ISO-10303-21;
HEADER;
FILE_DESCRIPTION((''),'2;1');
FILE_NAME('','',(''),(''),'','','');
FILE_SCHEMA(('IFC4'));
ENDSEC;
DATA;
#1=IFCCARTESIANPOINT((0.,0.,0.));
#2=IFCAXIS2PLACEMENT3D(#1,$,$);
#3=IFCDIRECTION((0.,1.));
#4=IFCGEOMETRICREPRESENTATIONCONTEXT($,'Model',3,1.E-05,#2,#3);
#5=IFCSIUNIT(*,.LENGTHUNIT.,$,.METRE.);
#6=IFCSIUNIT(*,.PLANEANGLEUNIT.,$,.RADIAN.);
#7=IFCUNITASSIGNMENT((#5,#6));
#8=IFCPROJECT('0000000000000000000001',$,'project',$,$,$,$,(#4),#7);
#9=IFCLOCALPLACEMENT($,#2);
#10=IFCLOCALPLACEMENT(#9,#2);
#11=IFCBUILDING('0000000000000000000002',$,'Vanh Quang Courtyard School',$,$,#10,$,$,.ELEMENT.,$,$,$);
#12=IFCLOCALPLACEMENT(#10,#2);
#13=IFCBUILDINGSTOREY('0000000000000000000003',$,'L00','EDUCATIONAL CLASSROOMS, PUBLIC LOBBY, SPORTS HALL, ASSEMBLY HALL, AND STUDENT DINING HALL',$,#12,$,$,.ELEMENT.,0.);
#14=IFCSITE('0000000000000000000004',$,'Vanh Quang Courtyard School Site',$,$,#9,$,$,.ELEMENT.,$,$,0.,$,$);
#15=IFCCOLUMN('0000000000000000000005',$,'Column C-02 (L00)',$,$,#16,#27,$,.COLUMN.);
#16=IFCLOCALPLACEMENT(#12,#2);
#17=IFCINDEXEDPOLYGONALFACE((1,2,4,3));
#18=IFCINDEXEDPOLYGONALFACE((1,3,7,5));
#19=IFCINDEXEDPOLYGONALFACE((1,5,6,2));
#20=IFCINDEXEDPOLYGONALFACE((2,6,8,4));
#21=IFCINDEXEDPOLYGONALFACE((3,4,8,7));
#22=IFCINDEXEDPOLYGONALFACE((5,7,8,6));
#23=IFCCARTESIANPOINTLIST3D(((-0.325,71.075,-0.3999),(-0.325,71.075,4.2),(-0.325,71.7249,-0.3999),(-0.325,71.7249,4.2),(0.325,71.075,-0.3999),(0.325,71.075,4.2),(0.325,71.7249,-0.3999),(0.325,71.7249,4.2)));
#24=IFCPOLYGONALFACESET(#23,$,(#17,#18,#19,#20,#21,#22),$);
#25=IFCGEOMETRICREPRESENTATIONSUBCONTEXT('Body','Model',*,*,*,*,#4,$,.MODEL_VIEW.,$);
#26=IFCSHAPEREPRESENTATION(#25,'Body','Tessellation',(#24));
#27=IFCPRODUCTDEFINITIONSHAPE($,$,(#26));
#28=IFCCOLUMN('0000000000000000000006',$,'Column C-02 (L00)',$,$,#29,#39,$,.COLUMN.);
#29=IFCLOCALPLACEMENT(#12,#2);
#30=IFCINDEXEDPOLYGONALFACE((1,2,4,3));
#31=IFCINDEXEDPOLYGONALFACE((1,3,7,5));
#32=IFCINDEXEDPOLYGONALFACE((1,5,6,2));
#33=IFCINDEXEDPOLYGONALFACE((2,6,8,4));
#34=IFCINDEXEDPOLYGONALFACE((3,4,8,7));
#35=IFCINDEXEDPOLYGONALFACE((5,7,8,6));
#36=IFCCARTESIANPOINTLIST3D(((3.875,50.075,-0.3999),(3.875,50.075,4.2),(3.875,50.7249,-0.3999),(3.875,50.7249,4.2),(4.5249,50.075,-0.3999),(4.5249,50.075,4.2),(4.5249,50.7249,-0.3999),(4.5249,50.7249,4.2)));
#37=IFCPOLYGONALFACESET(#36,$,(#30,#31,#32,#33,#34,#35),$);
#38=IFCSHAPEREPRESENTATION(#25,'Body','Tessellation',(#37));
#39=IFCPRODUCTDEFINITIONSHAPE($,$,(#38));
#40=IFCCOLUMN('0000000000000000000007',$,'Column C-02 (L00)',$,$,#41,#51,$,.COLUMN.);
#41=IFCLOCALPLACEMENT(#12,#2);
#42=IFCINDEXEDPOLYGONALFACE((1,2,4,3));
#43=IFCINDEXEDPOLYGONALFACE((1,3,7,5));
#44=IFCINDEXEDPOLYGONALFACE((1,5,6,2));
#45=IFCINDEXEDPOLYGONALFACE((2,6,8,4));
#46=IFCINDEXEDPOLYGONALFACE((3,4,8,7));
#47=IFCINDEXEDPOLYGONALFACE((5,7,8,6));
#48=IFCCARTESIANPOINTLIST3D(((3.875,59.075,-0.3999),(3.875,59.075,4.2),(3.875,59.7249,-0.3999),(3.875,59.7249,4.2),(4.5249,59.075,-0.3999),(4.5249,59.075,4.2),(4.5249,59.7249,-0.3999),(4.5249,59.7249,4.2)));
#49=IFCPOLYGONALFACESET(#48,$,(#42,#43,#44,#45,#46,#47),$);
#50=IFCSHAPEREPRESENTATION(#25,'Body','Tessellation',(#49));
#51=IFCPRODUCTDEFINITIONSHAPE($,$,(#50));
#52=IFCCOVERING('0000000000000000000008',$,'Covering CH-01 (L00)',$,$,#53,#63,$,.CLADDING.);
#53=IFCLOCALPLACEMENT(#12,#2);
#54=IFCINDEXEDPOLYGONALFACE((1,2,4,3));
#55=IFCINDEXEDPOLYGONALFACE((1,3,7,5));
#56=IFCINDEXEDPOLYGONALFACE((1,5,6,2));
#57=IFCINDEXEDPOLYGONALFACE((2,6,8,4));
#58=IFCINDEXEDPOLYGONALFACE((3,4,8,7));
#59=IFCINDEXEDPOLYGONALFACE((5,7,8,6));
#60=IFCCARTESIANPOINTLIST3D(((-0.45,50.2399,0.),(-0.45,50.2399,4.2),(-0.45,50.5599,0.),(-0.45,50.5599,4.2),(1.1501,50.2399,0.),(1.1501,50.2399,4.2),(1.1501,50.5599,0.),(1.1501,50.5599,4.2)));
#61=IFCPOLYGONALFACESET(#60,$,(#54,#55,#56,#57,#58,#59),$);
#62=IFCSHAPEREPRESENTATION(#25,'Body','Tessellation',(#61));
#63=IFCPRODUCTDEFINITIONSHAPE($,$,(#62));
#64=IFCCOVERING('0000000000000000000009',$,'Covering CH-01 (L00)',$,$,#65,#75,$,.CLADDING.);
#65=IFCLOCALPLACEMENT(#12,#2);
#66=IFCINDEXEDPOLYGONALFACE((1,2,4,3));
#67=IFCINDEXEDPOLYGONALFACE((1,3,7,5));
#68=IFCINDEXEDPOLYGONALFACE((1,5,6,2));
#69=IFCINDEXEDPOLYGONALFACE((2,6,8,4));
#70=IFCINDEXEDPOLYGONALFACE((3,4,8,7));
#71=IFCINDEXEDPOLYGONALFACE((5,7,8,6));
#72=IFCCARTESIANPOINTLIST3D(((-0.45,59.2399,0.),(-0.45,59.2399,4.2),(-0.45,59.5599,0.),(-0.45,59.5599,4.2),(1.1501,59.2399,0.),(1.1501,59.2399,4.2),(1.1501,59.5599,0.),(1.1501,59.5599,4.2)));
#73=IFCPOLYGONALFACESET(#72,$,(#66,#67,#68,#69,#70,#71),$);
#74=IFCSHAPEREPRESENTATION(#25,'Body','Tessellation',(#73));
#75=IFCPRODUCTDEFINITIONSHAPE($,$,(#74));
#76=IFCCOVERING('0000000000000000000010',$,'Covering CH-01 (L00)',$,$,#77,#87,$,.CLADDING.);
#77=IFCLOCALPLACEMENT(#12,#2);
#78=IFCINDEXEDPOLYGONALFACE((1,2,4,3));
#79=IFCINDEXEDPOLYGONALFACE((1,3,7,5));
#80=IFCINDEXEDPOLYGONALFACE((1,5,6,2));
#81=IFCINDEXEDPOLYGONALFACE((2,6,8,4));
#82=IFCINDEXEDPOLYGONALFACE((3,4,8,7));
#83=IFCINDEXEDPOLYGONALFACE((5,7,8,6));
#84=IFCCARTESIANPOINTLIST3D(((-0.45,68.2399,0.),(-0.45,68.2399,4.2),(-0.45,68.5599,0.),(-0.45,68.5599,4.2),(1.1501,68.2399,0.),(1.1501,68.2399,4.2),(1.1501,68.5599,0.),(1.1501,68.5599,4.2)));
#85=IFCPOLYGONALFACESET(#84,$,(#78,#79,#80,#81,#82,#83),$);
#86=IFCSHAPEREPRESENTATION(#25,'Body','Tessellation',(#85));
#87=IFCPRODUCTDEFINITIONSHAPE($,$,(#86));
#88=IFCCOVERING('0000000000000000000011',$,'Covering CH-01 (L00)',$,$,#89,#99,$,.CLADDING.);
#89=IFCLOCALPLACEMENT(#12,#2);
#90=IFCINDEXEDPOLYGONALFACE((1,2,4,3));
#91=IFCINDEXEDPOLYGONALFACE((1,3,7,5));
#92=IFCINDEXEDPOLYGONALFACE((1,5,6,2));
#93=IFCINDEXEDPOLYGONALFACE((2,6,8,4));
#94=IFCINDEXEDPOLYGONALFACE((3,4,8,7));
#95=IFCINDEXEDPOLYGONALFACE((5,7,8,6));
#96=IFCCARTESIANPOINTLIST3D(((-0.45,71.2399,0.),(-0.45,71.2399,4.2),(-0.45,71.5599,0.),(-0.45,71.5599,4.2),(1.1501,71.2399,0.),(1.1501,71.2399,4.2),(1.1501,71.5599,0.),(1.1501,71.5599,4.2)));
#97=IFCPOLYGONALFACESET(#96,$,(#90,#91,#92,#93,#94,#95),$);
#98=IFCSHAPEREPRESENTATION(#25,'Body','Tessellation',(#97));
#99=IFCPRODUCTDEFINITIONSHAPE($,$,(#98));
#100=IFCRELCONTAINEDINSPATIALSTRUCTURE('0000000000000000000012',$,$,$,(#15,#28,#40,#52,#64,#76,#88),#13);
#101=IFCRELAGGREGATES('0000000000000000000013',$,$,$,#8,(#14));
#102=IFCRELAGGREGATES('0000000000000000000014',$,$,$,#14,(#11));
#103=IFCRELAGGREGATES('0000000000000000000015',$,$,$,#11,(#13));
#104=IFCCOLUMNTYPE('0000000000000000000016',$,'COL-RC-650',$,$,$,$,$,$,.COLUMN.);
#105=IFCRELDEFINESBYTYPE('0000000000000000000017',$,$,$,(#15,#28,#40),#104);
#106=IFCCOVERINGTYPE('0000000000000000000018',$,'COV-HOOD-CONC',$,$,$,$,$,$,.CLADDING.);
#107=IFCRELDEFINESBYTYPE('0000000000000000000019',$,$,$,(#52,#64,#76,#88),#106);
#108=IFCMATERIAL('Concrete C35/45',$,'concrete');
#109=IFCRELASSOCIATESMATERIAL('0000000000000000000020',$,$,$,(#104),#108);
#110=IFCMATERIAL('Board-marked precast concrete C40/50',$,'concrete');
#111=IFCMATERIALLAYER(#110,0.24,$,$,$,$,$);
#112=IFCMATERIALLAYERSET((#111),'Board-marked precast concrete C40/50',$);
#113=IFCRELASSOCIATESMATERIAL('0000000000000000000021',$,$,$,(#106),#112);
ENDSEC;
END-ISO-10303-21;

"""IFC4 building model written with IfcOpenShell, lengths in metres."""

from ifc_helpers import new_model, si_unit, direction, frame, origin, origin_2d, place, context, subcontext, project, spatial, rectangle, extrude, material, layer, layer_set, material_profile, profile_set, type_object, element, save


model = new_model("IFC4")

# Units and contexts
model_context = context("Model", 3, precision=1e-05, world=origin(), true_north=direction((0.0, 1.0)))
body_context = subcontext(model_context, "Body", "Model", "MODEL_VIEW")
ifc_project = project(units=[si_unit("LENGTHUNIT", "METRE"), si_unit("PLANEANGLEUNIT", "RADIAN")], contexts=[model_context])

# Site, building, storey
site_placement = place(None, origin())
site = spatial("IfcSite", under=ifc_project, at=site_placement, Name="Vanh Quang Courtyard School Site", CompositionType="ELEMENT", RefElevation=0.0)
building_placement = place(site_placement, origin())
building = spatial("IfcBuilding", under=site, at=building_placement, Name="Vanh Quang Courtyard School", CompositionType="ELEMENT")
storey_placement = place(building_placement, origin())
storey = spatial("IfcBuildingStorey", under=building, at=storey_placement, Name="L00", Description="EDUCATIONAL CLASSROOMS, PUBLIC LOBBY, SPORTS HALL, ASSEMBLY HALL, AND STUDENT DINING HALL", CompositionType="ELEMENT", Elevation=0.0)

# Shared definitions
ifc_material_1 = material(Name="Concrete C35/45", Category="concrete")

# Columns
ifc_material_profile_1 = material_profile(ifc_material_1, rectangle(XDim=0.6499, YDim=0.6499, at=origin_2d()), Name="RC-COL 650x650")
ifc_profile_set_1 = profile_set([ifc_material_profile_1], Name="Concrete C35/45")
column_type = type_object("IfcColumnType", Name="COL-RC-650", PredefinedType="COLUMN", material=ifc_profile_set_1)
for number, where, z_axis, x_axis, name in (
    (1, (0.0, 71.3999, -0.3999), (0.0, 0.0, 1.0), (1.0, 0.0, 0.0), "Column C-02 (L00)"),
    (2, (4.2, 50.3999, -0.3999), (0.0, 0.0, 1.0), (1.0, 0.0, 0.0), "Column C-02 (L00)"),
    (3, (4.2, 59.3999, -0.3999), (0.0, 0.0, 1.0), (1.0, 0.0, 0.0), "Column C-02 (L00)"),
):
    element("IfcColumn", number, at=place(storey_placement, frame(where, z_axis=z_axis, x_axis=x_axis)), inside=storey, type_object=column_type, Name=name, PredefinedType="COLUMN", context=body_context, shape_type="SweptSolid", body=[
        extrude(rectangle(XDim=0.6499, YDim=0.6499, at=origin_2d()), origin(), (0.0, 0.0, 1.0), 4.5999),
    ])

# Coverings
ifc_material_2 = material(Name="Board-marked precast concrete C40/50", Category="concrete")
ifc_layer = layer(ifc_material_2, 0.24)
ifc_layer_set = layer_set([ifc_layer], Name="Board-marked precast concrete C40/50")
covering_type = type_object("IfcCoveringType", Name="COV-HOOD-CONC", PredefinedType="CLADDING", material=ifc_layer_set)
for number, where, z_axis, x_axis, name in (
    (4, (0.3501, 50.3999, 0.0), (0.0, 0.0, 1.0), (1.0, 0.0, 0.0), "Covering CH-01 (L00)"),
    (5, (0.3501, 59.3999, 0.0), (0.0, 0.0, 1.0), (1.0, 0.0, 0.0), "Covering CH-01 (L00)"),
    (6, (0.3501, 68.3999, 0.0), (0.0, 0.0, 1.0), (1.0, 0.0, 0.0), "Covering CH-01 (L00)"),
    (7, (0.3501, 71.3999, 0.0), (0.0, 0.0, 1.0), (1.0, 0.0, 0.0), "Covering CH-01 (L00)"),
):
    element("IfcCovering", number, at=place(storey_placement, frame(where, z_axis=z_axis, x_axis=x_axis)), inside=storey, type_object=covering_type, Name=name, PredefinedType="CLADDING", context=body_context, shape_type="SweptSolid", body=[
        extrude(rectangle(XDim=1.6001, YDim=0.3201, at=origin_2d()), origin(), (0.0, 0.0, 1.0), 4.2),
    ])

save(model, "model.ifc")
